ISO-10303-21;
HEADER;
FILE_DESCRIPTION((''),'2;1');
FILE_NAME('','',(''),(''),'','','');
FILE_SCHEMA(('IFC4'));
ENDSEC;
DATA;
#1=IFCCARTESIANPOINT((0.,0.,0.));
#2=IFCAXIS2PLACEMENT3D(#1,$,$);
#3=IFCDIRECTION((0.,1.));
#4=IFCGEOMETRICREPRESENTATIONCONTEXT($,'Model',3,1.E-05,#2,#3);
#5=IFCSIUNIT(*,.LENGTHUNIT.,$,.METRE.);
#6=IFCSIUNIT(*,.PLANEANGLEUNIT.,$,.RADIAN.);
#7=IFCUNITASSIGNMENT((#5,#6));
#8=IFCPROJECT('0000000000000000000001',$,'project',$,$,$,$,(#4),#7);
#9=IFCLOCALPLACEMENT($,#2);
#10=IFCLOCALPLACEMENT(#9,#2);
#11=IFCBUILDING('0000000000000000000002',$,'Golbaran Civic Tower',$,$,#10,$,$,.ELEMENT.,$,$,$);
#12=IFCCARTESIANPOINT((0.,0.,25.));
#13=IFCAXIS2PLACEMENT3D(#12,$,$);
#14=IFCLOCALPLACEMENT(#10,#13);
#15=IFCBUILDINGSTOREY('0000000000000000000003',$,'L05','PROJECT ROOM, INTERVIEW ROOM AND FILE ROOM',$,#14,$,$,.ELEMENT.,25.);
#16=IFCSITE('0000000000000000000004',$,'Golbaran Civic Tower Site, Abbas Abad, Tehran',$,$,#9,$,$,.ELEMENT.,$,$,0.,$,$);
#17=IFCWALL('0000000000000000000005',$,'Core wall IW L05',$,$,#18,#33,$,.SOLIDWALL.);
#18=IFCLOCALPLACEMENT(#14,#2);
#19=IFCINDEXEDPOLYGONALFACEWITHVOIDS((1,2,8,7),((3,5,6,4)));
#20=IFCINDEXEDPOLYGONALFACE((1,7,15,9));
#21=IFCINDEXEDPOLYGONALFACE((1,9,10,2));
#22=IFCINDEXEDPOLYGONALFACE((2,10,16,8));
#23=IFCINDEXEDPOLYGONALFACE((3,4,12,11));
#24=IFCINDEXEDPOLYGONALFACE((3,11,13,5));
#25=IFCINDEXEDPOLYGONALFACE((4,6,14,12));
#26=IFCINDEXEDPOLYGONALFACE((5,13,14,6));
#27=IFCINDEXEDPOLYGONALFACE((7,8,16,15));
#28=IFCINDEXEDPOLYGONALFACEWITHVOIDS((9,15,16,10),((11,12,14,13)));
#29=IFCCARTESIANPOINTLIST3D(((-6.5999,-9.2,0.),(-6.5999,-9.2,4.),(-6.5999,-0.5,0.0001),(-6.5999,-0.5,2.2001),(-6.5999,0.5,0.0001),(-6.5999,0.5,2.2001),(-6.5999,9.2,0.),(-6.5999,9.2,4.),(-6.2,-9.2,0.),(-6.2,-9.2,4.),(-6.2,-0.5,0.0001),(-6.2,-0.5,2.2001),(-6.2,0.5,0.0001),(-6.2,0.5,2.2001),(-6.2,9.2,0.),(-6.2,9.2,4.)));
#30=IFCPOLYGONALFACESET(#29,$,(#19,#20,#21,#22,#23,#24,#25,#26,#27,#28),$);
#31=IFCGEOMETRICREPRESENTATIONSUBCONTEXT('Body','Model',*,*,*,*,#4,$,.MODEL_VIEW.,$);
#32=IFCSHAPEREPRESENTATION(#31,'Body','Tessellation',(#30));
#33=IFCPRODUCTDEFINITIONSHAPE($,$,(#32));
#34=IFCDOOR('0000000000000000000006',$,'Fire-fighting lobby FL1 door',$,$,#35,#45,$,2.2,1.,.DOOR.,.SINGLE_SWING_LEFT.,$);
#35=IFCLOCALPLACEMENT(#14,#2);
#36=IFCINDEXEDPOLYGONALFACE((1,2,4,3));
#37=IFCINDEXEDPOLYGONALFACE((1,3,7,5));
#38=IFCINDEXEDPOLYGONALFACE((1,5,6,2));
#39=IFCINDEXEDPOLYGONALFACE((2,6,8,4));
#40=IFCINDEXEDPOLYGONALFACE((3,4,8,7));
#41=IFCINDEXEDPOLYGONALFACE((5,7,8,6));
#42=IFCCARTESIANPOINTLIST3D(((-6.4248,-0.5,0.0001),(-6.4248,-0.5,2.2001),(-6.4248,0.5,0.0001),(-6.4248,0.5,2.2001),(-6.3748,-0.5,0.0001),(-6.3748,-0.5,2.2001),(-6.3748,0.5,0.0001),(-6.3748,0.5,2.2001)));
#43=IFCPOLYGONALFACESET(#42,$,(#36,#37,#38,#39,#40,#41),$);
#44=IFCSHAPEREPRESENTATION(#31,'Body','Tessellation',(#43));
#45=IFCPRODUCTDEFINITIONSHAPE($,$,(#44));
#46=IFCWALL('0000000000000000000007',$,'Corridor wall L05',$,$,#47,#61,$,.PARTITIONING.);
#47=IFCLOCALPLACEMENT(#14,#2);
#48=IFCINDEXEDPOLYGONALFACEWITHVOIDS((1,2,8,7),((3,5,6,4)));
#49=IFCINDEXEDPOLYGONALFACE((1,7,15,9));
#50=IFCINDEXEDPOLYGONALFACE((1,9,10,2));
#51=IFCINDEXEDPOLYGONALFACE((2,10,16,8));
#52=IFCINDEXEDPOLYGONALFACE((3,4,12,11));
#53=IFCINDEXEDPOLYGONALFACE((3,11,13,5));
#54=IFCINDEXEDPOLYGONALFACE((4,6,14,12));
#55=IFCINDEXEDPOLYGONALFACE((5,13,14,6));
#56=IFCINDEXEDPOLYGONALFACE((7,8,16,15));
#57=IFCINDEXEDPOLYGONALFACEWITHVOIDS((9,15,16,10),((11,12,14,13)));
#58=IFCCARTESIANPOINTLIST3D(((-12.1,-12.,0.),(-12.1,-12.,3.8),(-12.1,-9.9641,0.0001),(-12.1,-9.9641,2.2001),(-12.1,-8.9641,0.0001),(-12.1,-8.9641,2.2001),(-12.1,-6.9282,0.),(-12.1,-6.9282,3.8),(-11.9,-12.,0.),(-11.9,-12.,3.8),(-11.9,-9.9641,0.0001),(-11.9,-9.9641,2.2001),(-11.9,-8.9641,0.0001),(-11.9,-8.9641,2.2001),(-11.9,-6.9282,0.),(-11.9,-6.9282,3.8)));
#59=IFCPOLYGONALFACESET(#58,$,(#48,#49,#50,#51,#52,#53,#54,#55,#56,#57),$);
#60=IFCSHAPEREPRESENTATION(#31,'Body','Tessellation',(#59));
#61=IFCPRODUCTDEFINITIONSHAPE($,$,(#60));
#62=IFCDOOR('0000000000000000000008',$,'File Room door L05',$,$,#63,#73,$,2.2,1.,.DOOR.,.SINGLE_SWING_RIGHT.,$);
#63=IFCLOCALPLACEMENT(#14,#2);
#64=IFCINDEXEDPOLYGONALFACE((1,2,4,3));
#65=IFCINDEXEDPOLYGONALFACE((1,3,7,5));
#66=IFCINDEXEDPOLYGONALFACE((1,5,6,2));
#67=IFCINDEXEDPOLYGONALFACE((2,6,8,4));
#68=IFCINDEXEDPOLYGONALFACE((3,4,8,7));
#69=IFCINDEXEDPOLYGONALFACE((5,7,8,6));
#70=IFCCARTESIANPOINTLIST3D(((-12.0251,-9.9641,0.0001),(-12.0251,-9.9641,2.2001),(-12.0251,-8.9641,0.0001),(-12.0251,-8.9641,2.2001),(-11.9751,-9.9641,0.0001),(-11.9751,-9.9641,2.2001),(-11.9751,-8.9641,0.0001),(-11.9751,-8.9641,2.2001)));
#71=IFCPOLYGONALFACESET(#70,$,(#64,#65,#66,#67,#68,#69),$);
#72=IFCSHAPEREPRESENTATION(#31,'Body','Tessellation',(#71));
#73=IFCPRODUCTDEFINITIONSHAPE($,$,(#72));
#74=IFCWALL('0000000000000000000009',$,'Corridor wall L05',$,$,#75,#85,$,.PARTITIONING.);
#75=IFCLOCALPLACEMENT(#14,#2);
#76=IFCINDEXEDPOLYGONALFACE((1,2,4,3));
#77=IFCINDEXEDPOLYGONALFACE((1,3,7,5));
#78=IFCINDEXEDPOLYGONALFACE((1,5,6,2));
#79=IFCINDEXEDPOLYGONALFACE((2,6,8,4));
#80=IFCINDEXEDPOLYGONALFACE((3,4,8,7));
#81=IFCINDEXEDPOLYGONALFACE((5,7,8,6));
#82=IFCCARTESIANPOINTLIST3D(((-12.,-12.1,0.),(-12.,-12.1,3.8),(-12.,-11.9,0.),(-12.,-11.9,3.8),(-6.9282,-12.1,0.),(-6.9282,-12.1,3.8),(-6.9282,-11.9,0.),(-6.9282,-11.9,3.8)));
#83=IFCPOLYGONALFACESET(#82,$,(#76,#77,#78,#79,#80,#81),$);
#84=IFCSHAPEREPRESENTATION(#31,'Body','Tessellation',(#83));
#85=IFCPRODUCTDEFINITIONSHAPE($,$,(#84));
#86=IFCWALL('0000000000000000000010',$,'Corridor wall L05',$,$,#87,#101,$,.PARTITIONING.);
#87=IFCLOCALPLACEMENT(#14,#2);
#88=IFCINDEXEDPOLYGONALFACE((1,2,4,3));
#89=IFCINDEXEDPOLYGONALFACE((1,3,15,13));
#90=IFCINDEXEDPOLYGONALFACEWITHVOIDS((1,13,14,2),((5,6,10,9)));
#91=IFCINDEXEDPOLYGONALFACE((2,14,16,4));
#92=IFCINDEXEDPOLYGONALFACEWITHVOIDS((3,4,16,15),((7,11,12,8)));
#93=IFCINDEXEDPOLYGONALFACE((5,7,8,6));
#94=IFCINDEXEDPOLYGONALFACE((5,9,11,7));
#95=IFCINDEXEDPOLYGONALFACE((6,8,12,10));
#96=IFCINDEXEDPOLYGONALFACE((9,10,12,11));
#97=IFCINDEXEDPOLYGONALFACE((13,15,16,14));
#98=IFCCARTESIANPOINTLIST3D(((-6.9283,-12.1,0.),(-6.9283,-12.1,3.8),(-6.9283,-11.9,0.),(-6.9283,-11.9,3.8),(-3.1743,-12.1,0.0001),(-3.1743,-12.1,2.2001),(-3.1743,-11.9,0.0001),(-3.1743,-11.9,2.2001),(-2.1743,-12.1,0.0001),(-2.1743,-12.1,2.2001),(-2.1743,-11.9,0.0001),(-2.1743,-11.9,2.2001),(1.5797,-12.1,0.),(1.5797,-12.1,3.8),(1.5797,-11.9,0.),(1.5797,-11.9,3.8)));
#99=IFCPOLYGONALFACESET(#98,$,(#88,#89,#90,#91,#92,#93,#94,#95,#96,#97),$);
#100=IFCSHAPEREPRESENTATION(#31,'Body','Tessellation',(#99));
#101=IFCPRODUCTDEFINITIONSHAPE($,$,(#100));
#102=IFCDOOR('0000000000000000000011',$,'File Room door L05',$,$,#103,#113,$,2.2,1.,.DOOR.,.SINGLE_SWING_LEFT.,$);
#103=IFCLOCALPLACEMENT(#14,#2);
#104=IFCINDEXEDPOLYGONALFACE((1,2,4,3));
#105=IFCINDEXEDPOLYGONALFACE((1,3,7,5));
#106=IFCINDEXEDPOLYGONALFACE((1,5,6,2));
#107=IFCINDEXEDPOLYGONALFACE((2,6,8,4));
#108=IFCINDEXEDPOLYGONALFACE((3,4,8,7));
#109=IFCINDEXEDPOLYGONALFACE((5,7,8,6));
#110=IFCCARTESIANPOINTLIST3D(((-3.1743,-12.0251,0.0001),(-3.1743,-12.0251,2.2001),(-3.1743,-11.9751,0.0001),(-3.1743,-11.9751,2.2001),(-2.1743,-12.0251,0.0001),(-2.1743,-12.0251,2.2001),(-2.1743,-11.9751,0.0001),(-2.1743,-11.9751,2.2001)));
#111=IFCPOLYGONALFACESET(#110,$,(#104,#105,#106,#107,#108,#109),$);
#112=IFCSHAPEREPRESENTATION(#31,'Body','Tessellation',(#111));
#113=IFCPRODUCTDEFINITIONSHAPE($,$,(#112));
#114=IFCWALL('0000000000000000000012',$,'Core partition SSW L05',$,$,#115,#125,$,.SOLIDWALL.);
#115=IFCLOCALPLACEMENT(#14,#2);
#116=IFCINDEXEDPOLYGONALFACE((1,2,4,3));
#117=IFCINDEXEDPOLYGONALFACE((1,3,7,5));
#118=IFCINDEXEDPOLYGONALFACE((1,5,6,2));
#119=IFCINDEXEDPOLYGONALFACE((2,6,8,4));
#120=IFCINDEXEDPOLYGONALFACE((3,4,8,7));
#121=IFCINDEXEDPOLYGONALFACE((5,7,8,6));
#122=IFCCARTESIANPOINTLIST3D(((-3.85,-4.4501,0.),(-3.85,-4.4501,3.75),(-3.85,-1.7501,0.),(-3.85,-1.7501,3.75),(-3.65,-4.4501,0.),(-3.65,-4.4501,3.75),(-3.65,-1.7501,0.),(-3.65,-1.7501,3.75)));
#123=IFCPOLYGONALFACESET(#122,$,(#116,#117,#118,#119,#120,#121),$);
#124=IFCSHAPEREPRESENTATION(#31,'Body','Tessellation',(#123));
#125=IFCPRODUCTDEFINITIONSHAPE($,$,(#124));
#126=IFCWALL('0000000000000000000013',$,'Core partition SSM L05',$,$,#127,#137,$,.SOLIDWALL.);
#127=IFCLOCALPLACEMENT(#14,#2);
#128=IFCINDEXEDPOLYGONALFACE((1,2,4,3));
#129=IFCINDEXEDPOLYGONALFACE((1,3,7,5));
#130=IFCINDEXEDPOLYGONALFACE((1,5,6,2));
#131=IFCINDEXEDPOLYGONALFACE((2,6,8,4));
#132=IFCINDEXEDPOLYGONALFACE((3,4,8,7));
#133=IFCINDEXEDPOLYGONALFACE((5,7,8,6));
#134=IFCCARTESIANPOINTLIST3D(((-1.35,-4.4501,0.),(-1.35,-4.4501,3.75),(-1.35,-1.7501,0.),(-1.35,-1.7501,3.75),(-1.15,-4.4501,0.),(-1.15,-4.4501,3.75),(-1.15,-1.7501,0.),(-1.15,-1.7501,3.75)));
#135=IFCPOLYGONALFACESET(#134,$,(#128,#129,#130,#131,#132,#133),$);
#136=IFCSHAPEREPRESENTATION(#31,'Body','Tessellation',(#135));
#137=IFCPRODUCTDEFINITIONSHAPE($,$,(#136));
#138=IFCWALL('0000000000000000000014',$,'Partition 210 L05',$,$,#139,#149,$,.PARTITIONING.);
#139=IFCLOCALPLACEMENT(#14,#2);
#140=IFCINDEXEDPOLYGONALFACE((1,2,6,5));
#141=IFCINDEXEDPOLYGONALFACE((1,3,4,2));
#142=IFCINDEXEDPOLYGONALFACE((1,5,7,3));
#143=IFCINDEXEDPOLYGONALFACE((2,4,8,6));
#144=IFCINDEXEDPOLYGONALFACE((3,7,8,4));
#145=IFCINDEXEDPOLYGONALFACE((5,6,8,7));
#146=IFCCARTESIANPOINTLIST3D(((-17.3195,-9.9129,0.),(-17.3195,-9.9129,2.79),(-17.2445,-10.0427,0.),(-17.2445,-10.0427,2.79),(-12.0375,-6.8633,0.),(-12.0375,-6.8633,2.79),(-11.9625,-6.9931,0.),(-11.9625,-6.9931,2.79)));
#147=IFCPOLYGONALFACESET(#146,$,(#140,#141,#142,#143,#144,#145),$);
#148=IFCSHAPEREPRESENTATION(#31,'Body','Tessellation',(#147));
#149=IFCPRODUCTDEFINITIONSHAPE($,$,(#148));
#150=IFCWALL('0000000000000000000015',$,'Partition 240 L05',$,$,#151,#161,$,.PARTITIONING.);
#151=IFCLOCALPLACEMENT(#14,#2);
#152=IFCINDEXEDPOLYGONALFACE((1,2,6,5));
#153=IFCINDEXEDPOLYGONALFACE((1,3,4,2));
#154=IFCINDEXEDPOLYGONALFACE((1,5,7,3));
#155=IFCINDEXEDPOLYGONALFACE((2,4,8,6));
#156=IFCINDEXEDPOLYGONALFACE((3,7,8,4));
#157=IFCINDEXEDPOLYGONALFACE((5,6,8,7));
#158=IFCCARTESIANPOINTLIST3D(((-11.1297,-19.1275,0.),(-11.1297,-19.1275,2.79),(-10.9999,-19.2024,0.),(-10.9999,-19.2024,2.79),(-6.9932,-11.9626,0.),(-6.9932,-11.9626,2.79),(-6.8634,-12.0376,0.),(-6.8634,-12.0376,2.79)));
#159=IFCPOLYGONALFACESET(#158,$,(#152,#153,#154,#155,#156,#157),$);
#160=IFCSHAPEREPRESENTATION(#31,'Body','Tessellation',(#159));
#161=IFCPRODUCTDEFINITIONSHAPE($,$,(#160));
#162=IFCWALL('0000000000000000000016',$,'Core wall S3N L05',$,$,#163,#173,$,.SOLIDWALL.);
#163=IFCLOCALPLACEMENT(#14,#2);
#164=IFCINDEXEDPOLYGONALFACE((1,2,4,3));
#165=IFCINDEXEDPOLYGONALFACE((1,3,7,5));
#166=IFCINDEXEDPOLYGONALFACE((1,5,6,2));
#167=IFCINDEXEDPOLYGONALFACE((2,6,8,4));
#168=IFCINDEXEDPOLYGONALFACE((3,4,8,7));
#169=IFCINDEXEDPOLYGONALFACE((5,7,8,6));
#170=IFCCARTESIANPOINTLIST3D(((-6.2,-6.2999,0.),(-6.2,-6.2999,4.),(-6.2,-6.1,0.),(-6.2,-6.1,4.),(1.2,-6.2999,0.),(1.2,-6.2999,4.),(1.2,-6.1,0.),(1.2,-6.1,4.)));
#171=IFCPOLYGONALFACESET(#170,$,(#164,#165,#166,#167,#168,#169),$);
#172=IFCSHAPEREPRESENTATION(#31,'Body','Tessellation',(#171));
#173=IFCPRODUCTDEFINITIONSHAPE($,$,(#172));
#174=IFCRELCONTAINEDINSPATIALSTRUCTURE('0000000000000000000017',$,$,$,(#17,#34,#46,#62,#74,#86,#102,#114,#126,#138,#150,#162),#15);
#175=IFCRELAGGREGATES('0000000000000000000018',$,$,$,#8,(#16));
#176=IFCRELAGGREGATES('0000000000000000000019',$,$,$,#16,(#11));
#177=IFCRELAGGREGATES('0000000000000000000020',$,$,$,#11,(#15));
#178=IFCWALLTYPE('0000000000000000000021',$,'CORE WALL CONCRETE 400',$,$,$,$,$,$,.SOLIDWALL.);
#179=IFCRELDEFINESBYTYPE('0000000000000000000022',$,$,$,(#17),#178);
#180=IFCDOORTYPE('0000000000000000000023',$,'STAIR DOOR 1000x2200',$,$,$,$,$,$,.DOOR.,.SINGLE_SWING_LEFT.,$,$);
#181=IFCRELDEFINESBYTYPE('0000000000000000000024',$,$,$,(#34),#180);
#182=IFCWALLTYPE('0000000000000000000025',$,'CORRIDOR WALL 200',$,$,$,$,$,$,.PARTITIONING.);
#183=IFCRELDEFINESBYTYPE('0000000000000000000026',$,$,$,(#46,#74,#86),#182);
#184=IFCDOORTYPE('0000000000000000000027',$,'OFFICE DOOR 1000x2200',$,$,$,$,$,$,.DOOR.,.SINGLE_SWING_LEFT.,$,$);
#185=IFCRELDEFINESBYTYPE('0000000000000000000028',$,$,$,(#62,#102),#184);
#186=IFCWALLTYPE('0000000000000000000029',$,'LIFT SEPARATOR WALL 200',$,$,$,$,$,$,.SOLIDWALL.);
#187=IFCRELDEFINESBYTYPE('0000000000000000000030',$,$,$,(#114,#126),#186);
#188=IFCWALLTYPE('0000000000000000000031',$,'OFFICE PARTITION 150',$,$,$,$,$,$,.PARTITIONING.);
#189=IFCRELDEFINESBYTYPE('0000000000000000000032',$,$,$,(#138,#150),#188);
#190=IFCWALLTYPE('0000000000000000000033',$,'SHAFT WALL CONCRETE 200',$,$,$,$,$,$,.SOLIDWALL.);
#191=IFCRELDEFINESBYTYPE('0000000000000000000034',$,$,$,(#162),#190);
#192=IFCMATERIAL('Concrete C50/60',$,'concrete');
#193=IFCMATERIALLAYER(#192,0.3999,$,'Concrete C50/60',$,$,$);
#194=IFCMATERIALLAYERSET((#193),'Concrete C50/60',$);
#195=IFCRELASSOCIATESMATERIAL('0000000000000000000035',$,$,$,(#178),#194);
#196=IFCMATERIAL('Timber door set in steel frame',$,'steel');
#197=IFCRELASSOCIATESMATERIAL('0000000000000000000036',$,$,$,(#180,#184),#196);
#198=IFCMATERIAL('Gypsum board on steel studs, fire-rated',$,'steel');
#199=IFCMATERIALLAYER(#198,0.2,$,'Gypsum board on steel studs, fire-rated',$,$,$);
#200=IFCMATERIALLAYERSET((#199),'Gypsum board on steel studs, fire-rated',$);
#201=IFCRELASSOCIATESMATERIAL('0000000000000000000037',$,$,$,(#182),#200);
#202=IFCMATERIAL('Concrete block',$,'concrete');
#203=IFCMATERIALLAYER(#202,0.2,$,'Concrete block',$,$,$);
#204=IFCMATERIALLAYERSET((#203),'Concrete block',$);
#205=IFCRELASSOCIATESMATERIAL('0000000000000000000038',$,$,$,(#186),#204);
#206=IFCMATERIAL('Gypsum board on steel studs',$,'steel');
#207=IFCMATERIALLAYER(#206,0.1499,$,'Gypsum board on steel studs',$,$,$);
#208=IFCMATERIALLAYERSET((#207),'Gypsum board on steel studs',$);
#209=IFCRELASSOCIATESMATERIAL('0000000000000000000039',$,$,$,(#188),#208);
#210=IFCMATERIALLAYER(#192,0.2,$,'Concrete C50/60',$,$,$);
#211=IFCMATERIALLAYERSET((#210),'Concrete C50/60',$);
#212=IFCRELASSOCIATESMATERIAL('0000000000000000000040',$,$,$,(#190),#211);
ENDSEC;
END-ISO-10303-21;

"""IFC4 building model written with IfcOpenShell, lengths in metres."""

from ifc_helpers import new_model, si_unit, direction, frame, frame_2d, origin, place, context, subcontext, project, spatial, rectangle, extrude, material, layer, layer_set, type_object, element, fill, save


model = new_model("IFC4")

# Units and contexts
model_context = context("Model", 3, precision=1e-05, world=origin(), true_north=direction((0.0, 1.0)))
body_context = subcontext(model_context, "Body", "Model", "MODEL_VIEW")
ifc_project = project(units=[si_unit("LENGTHUNIT", "METRE"), si_unit("PLANEANGLEUNIT", "RADIAN")], contexts=[model_context])

# Site, building, storey
site_placement = place(None, origin())
site = spatial("IfcSite", under=ifc_project, at=site_placement, Name="Golbaran Civic Tower Site, Abbas Abad, Tehran", CompositionType="ELEMENT", RefElevation=0.0)
building_placement = place(site_placement, origin())
building = spatial("IfcBuilding", under=site, at=building_placement, Name="Golbaran Civic Tower", CompositionType="ELEMENT")
storey_placement = place(building_placement, frame((0.0, 0.0, 25.0)))
storey = spatial("IfcBuildingStorey", under=building, at=storey_placement, Name="L05", Description="PROJECT ROOM, INTERVIEW ROOM AND FILE ROOM", CompositionType="ELEMENT", Elevation=25.0)

# Walls, openings, doors
ifc_material_1 = material(Name="Concrete C50/60", Category="concrete")
ifc_layer_1 = layer(ifc_material_1, 0.3999, Name="Concrete C50/60")
ifc_layer_set_1 = layer_set([ifc_layer_1], Name="Concrete C50/60")
wall_type_1 = type_object("IfcWallType", Name="CORE WALL CONCRETE 400", PredefinedType="SOLIDWALL", material=ifc_layer_set_1)
wall_1_placement = place(storey_placement, frame((-6.3999, -9.2, 0.0), z_axis=(0.0, 0.0, 1.0), x_axis=(0.0, 1.0, 0.0)))
wall_1 = element("IfcWall", 1, at=wall_1_placement, inside=storey, type_object=wall_type_1, Name="Core wall IW L05", PredefinedType="SOLIDWALL", context=body_context, shape_type="SweptSolid", body=[
    extrude(rectangle(XDim=18.3999, YDim=0.3999, at=frame_2d((9.2, 0.0))), origin(), (0.0, 0.0, 1.0), 4.0),
])
opening_1_placement = place(wall_1_placement, frame((8.7, 0.0, 0.0)))
opening_1 = element("IfcOpeningElement", 2, at=opening_1_placement, cuts=wall_1, PredefinedType="OPENING", context=body_context, shape_type="SweptSolid", body=[
    extrude(rectangle(XDim=1.0, YDim=2.2, at=frame_2d((0.5, 1.1001))), frame((0.0, 0.21, 0.0), z_axis=(0.0, -1.0, 0.0), x_axis=(1.0, 0.0, 0.0)), (0.0, 0.0, 1.0), 0.4199),
])
ifc_material_2 = material(Name="Timber door set in steel frame", Category="steel")
door_type_1 = type_object("IfcDoorType", Name="STAIR DOOR 1000x2200", OperationType="SINGLE_SWING_LEFT", PredefinedType="DOOR", material=ifc_material_2)
door_1_placement = place(opening_1_placement, origin())
door_1 = element("IfcDoor", 3, at=door_1_placement, inside=storey, type_object=door_type_1, Name="Fire-fighting lobby FL1 door", OperationType="SINGLE_SWING_LEFT", OverallHeight=2.2, OverallWidth=1.0, PredefinedType="DOOR", context=body_context, shape_type="SweptSolid", body=[
    extrude(rectangle(XDim=1.0, YDim=2.2, at=frame_2d((0.5, 1.1001))), frame((0.0, 0.0249, 0.0), z_axis=(0.0, -1.0, 0.0), x_axis=(1.0, 0.0, 0.0)), (0.0, 0.0, 1.0), 0.05),
])
fill(opening_1, door_1)
ifc_material_3 = material(Name="Gypsum board on steel studs, fire-rated", Category="steel")
ifc_layer_2 = layer(ifc_material_3, 0.2, Name="Gypsum board on steel studs, fire-rated")
ifc_layer_set_2 = layer_set([ifc_layer_2], Name="Gypsum board on steel studs, fire-rated")
wall_type_2 = type_object("IfcWallType", Name="CORRIDOR WALL 200", PredefinedType="PARTITIONING", material=ifc_layer_set_2)
wall_2_placement = place(storey_placement, frame((-12.0, -6.9282, 0.0), z_axis=(0.0, 0.0, 1.0), x_axis=(0.0, -1.0, 0.0)))
wall_2 = element("IfcWall", 4, at=wall_2_placement, inside=storey, type_object=wall_type_2, Name="Corridor wall L05", PredefinedType="PARTITIONING", context=body_context, shape_type="SweptSolid", body=[
    extrude(rectangle(XDim=5.0718, YDim=0.2, at=frame_2d((2.5359, 0.0))), origin(), (0.0, 0.0, 1.0), 3.8),
])
opening_2_placement = place(wall_2_placement, frame((2.0359, 0.0, 0.0)))
opening_2 = element("IfcOpeningElement", 5, at=opening_2_placement, cuts=wall_2, PredefinedType="OPENING", context=body_context, shape_type="SweptSolid", body=[
    extrude(rectangle(XDim=1.0, YDim=2.2, at=frame_2d((0.5, 1.1001))), frame((0.0, 0.1099, 0.0), z_axis=(0.0, -1.0, 0.0), x_axis=(1.0, 0.0, 0.0)), (0.0, 0.0, 1.0), 0.22),
])
door_type_2 = type_object("IfcDoorType", Name="OFFICE DOOR 1000x2200", OperationType="SINGLE_SWING_LEFT", PredefinedType="DOOR", material=ifc_material_2)
door_2_placement = place(opening_2_placement, origin())
door_2 = element("IfcDoor", 6, at=door_2_placement, inside=storey, type_object=door_type_2, Name="File Room door L05", OperationType="SINGLE_SWING_RIGHT", OverallHeight=2.2, OverallWidth=1.0, PredefinedType="DOOR", context=body_context, shape_type="SweptSolid", body=[
    extrude(rectangle(XDim=1.0, YDim=2.2, at=frame_2d((0.5, 1.1001))), frame((0.0, 0.0249, 0.0), z_axis=(0.0, -1.0, 0.0), x_axis=(1.0, 0.0, 0.0)), (0.0, 0.0, 1.0), 0.05),
])
fill(opening_2, door_2)

# Wall
wall_3_placement = place(storey_placement, frame((-12.0, -12.0, 0.0), z_axis=(0.0, 0.0, 1.0), x_axis=(1.0, 0.0, 0.0)))
element("IfcWall", 7, at=wall_3_placement, inside=storey, type_object=wall_type_2, Name="Corridor wall L05", PredefinedType="PARTITIONING", context=body_context, shape_type="SweptSolid", body=[
    extrude(rectangle(XDim=5.0718, YDim=0.2, at=frame_2d((2.5359, 0.0))), origin(), (0.0, 0.0, 1.0), 3.8),
])

# Wall, opening, door
wall_4_placement = place(storey_placement, frame((-6.9282, -12.0, 0.0), z_axis=(0.0, 0.0, 1.0), x_axis=(1.0, 0.0, 0.0)))
wall_4 = element("IfcWall", 8, at=wall_4_placement, inside=storey, type_object=wall_type_2, Name="Corridor wall L05", PredefinedType="PARTITIONING", context=body_context, shape_type="SweptSolid", body=[
    extrude(rectangle(XDim=8.5081, YDim=0.2, at=frame_2d((4.2539, 0.0))), origin(), (0.0, 0.0, 1.0), 3.8),
])
opening_3_placement = place(wall_4_placement, frame((3.7539, 0.0, 0.0)))
opening_3 = element("IfcOpeningElement", 9, at=opening_3_placement, cuts=wall_4, PredefinedType="OPENING", context=body_context, shape_type="SweptSolid", body=[
    extrude(rectangle(XDim=1.0, YDim=2.2, at=frame_2d((0.5, 1.1001))), frame((0.0, 0.1099, 0.0), z_axis=(0.0, -1.0, 0.0), x_axis=(1.0, 0.0, 0.0)), (0.0, 0.0, 1.0), 0.22),
])
door_3_placement = place(opening_3_placement, origin())
door_3 = element("IfcDoor", 10, at=door_3_placement, inside=storey, type_object=door_type_2, Name="File Room door L05", OperationType="SINGLE_SWING_LEFT", OverallHeight=2.2, OverallWidth=1.0, PredefinedType="DOOR", context=body_context, shape_type="SweptSolid", body=[
    extrude(rectangle(XDim=1.0, YDim=2.2, at=frame_2d((0.5, 1.1001))), frame((0.0, 0.0249, 0.0), z_axis=(0.0, -1.0, 0.0), x_axis=(1.0, 0.0, 0.0)), (0.0, 0.0, 1.0), 0.05),
])
fill(opening_3, door_3)

# Walls
ifc_material_4 = material(Name="Concrete block", Category="concrete")
ifc_layer_3 = layer(ifc_material_4, 0.2, Name="Concrete block")
ifc_layer_set_3 = layer_set([ifc_layer_3], Name="Concrete block")
wall_type_3 = type_object("IfcWallType", Name="LIFT SEPARATOR WALL 200", PredefinedType="SOLIDWALL", material=ifc_layer_set_3)
for number, where, z_axis, x_axis, name in (
    (11, (-3.75, -1.75, 0.0), (0.0, 0.0, 1.0), (0.0, -1.0, 0.0), "Core partition SSW L05"),
    (12, (-1.25, -1.75, 0.0), (0.0, 0.0, 1.0), (0.0, -1.0, 0.0), "Core partition SSM L05"),
):
    element("IfcWall", number, at=place(storey_placement, frame(where, z_axis=z_axis, x_axis=x_axis)), inside=storey, type_object=wall_type_3, Name=name, PredefinedType="SOLIDWALL", context=body_context, shape_type="SweptSolid", body=[
        extrude(rectangle(XDim=2.7, YDim=0.2, at=frame_2d((1.3501, 0.0))), origin(), (0.0, 0.0, 1.0), 3.75),
    ])
ifc_material_5 = material(Name="Gypsum board on steel studs", Category="steel")
ifc_layer_4 = layer(ifc_material_5, 0.1499, Name="Gypsum board on steel studs")
ifc_layer_set_4 = layer_set([ifc_layer_4], Name="Gypsum board on steel studs")
wall_type_4 = type_object("IfcWallType", Name="OFFICE PARTITION 150", PredefinedType="PARTITIONING", material=ifc_layer_set_4)
wall_5_placement = place(storey_placement, frame((-12.0, -6.9282, 0.0), z_axis=(0.0, 0.0, 1.0), x_axis=(-0.866025, -0.500001, 0.0)))
element("IfcWall", 13, at=wall_5_placement, inside=storey, type_object=wall_type_4, Name="Partition 210 L05", PredefinedType="PARTITIONING", context=body_context, shape_type="SweptSolid", body=[
    extrude(rectangle(XDim=6.0991, YDim=0.1499, at=frame_2d((3.0496, 0.0))), origin(), (0.0, 0.0, 1.0), 2.79),
])
wall_6_placement = place(storey_placement, frame((-6.9282, -12.0, 0.0), z_axis=(0.0, 0.0, 1.0), x_axis=(-0.499989, -0.866032, 0.0)))
element("IfcWall", 14, at=wall_6_placement, inside=storey, type_object=wall_type_4, Name="Partition 240 L05", PredefinedType="PARTITIONING", context=body_context, shape_type="SweptSolid", body=[
    extrude(rectangle(XDim=8.2732, YDim=0.1499, at=frame_2d((4.1367, 0.0))), origin(), (0.0, 0.0, 1.0), 2.79),
])
ifc_layer_5 = layer(ifc_material_1, 0.2, Name="Concrete C50/60")
ifc_layer_set_5 = layer_set([ifc_layer_5], Name="Concrete C50/60")
wall_type_5 = type_object("IfcWallType", Name="SHAFT WALL CONCRETE 200", PredefinedType="SOLIDWALL", material=ifc_layer_set_5)
wall_7_placement = place(storey_placement, frame((-6.2, -6.2, 0.0), z_axis=(0.0, 0.0, 1.0), x_axis=(1.0, 0.0, 0.0)))
element("IfcWall", 15, at=wall_7_placement, inside=storey, type_object=wall_type_5, Name="Core wall S3N L05", PredefinedType="SOLIDWALL", context=body_context, shape_type="SweptSolid", body=[
    extrude(rectangle(XDim=7.3999, YDim=0.2, at=frame_2d((3.7, 0.0))), origin(), (0.0, 0.0, 1.0), 4.0),
])

save(model, "model.ifc")
